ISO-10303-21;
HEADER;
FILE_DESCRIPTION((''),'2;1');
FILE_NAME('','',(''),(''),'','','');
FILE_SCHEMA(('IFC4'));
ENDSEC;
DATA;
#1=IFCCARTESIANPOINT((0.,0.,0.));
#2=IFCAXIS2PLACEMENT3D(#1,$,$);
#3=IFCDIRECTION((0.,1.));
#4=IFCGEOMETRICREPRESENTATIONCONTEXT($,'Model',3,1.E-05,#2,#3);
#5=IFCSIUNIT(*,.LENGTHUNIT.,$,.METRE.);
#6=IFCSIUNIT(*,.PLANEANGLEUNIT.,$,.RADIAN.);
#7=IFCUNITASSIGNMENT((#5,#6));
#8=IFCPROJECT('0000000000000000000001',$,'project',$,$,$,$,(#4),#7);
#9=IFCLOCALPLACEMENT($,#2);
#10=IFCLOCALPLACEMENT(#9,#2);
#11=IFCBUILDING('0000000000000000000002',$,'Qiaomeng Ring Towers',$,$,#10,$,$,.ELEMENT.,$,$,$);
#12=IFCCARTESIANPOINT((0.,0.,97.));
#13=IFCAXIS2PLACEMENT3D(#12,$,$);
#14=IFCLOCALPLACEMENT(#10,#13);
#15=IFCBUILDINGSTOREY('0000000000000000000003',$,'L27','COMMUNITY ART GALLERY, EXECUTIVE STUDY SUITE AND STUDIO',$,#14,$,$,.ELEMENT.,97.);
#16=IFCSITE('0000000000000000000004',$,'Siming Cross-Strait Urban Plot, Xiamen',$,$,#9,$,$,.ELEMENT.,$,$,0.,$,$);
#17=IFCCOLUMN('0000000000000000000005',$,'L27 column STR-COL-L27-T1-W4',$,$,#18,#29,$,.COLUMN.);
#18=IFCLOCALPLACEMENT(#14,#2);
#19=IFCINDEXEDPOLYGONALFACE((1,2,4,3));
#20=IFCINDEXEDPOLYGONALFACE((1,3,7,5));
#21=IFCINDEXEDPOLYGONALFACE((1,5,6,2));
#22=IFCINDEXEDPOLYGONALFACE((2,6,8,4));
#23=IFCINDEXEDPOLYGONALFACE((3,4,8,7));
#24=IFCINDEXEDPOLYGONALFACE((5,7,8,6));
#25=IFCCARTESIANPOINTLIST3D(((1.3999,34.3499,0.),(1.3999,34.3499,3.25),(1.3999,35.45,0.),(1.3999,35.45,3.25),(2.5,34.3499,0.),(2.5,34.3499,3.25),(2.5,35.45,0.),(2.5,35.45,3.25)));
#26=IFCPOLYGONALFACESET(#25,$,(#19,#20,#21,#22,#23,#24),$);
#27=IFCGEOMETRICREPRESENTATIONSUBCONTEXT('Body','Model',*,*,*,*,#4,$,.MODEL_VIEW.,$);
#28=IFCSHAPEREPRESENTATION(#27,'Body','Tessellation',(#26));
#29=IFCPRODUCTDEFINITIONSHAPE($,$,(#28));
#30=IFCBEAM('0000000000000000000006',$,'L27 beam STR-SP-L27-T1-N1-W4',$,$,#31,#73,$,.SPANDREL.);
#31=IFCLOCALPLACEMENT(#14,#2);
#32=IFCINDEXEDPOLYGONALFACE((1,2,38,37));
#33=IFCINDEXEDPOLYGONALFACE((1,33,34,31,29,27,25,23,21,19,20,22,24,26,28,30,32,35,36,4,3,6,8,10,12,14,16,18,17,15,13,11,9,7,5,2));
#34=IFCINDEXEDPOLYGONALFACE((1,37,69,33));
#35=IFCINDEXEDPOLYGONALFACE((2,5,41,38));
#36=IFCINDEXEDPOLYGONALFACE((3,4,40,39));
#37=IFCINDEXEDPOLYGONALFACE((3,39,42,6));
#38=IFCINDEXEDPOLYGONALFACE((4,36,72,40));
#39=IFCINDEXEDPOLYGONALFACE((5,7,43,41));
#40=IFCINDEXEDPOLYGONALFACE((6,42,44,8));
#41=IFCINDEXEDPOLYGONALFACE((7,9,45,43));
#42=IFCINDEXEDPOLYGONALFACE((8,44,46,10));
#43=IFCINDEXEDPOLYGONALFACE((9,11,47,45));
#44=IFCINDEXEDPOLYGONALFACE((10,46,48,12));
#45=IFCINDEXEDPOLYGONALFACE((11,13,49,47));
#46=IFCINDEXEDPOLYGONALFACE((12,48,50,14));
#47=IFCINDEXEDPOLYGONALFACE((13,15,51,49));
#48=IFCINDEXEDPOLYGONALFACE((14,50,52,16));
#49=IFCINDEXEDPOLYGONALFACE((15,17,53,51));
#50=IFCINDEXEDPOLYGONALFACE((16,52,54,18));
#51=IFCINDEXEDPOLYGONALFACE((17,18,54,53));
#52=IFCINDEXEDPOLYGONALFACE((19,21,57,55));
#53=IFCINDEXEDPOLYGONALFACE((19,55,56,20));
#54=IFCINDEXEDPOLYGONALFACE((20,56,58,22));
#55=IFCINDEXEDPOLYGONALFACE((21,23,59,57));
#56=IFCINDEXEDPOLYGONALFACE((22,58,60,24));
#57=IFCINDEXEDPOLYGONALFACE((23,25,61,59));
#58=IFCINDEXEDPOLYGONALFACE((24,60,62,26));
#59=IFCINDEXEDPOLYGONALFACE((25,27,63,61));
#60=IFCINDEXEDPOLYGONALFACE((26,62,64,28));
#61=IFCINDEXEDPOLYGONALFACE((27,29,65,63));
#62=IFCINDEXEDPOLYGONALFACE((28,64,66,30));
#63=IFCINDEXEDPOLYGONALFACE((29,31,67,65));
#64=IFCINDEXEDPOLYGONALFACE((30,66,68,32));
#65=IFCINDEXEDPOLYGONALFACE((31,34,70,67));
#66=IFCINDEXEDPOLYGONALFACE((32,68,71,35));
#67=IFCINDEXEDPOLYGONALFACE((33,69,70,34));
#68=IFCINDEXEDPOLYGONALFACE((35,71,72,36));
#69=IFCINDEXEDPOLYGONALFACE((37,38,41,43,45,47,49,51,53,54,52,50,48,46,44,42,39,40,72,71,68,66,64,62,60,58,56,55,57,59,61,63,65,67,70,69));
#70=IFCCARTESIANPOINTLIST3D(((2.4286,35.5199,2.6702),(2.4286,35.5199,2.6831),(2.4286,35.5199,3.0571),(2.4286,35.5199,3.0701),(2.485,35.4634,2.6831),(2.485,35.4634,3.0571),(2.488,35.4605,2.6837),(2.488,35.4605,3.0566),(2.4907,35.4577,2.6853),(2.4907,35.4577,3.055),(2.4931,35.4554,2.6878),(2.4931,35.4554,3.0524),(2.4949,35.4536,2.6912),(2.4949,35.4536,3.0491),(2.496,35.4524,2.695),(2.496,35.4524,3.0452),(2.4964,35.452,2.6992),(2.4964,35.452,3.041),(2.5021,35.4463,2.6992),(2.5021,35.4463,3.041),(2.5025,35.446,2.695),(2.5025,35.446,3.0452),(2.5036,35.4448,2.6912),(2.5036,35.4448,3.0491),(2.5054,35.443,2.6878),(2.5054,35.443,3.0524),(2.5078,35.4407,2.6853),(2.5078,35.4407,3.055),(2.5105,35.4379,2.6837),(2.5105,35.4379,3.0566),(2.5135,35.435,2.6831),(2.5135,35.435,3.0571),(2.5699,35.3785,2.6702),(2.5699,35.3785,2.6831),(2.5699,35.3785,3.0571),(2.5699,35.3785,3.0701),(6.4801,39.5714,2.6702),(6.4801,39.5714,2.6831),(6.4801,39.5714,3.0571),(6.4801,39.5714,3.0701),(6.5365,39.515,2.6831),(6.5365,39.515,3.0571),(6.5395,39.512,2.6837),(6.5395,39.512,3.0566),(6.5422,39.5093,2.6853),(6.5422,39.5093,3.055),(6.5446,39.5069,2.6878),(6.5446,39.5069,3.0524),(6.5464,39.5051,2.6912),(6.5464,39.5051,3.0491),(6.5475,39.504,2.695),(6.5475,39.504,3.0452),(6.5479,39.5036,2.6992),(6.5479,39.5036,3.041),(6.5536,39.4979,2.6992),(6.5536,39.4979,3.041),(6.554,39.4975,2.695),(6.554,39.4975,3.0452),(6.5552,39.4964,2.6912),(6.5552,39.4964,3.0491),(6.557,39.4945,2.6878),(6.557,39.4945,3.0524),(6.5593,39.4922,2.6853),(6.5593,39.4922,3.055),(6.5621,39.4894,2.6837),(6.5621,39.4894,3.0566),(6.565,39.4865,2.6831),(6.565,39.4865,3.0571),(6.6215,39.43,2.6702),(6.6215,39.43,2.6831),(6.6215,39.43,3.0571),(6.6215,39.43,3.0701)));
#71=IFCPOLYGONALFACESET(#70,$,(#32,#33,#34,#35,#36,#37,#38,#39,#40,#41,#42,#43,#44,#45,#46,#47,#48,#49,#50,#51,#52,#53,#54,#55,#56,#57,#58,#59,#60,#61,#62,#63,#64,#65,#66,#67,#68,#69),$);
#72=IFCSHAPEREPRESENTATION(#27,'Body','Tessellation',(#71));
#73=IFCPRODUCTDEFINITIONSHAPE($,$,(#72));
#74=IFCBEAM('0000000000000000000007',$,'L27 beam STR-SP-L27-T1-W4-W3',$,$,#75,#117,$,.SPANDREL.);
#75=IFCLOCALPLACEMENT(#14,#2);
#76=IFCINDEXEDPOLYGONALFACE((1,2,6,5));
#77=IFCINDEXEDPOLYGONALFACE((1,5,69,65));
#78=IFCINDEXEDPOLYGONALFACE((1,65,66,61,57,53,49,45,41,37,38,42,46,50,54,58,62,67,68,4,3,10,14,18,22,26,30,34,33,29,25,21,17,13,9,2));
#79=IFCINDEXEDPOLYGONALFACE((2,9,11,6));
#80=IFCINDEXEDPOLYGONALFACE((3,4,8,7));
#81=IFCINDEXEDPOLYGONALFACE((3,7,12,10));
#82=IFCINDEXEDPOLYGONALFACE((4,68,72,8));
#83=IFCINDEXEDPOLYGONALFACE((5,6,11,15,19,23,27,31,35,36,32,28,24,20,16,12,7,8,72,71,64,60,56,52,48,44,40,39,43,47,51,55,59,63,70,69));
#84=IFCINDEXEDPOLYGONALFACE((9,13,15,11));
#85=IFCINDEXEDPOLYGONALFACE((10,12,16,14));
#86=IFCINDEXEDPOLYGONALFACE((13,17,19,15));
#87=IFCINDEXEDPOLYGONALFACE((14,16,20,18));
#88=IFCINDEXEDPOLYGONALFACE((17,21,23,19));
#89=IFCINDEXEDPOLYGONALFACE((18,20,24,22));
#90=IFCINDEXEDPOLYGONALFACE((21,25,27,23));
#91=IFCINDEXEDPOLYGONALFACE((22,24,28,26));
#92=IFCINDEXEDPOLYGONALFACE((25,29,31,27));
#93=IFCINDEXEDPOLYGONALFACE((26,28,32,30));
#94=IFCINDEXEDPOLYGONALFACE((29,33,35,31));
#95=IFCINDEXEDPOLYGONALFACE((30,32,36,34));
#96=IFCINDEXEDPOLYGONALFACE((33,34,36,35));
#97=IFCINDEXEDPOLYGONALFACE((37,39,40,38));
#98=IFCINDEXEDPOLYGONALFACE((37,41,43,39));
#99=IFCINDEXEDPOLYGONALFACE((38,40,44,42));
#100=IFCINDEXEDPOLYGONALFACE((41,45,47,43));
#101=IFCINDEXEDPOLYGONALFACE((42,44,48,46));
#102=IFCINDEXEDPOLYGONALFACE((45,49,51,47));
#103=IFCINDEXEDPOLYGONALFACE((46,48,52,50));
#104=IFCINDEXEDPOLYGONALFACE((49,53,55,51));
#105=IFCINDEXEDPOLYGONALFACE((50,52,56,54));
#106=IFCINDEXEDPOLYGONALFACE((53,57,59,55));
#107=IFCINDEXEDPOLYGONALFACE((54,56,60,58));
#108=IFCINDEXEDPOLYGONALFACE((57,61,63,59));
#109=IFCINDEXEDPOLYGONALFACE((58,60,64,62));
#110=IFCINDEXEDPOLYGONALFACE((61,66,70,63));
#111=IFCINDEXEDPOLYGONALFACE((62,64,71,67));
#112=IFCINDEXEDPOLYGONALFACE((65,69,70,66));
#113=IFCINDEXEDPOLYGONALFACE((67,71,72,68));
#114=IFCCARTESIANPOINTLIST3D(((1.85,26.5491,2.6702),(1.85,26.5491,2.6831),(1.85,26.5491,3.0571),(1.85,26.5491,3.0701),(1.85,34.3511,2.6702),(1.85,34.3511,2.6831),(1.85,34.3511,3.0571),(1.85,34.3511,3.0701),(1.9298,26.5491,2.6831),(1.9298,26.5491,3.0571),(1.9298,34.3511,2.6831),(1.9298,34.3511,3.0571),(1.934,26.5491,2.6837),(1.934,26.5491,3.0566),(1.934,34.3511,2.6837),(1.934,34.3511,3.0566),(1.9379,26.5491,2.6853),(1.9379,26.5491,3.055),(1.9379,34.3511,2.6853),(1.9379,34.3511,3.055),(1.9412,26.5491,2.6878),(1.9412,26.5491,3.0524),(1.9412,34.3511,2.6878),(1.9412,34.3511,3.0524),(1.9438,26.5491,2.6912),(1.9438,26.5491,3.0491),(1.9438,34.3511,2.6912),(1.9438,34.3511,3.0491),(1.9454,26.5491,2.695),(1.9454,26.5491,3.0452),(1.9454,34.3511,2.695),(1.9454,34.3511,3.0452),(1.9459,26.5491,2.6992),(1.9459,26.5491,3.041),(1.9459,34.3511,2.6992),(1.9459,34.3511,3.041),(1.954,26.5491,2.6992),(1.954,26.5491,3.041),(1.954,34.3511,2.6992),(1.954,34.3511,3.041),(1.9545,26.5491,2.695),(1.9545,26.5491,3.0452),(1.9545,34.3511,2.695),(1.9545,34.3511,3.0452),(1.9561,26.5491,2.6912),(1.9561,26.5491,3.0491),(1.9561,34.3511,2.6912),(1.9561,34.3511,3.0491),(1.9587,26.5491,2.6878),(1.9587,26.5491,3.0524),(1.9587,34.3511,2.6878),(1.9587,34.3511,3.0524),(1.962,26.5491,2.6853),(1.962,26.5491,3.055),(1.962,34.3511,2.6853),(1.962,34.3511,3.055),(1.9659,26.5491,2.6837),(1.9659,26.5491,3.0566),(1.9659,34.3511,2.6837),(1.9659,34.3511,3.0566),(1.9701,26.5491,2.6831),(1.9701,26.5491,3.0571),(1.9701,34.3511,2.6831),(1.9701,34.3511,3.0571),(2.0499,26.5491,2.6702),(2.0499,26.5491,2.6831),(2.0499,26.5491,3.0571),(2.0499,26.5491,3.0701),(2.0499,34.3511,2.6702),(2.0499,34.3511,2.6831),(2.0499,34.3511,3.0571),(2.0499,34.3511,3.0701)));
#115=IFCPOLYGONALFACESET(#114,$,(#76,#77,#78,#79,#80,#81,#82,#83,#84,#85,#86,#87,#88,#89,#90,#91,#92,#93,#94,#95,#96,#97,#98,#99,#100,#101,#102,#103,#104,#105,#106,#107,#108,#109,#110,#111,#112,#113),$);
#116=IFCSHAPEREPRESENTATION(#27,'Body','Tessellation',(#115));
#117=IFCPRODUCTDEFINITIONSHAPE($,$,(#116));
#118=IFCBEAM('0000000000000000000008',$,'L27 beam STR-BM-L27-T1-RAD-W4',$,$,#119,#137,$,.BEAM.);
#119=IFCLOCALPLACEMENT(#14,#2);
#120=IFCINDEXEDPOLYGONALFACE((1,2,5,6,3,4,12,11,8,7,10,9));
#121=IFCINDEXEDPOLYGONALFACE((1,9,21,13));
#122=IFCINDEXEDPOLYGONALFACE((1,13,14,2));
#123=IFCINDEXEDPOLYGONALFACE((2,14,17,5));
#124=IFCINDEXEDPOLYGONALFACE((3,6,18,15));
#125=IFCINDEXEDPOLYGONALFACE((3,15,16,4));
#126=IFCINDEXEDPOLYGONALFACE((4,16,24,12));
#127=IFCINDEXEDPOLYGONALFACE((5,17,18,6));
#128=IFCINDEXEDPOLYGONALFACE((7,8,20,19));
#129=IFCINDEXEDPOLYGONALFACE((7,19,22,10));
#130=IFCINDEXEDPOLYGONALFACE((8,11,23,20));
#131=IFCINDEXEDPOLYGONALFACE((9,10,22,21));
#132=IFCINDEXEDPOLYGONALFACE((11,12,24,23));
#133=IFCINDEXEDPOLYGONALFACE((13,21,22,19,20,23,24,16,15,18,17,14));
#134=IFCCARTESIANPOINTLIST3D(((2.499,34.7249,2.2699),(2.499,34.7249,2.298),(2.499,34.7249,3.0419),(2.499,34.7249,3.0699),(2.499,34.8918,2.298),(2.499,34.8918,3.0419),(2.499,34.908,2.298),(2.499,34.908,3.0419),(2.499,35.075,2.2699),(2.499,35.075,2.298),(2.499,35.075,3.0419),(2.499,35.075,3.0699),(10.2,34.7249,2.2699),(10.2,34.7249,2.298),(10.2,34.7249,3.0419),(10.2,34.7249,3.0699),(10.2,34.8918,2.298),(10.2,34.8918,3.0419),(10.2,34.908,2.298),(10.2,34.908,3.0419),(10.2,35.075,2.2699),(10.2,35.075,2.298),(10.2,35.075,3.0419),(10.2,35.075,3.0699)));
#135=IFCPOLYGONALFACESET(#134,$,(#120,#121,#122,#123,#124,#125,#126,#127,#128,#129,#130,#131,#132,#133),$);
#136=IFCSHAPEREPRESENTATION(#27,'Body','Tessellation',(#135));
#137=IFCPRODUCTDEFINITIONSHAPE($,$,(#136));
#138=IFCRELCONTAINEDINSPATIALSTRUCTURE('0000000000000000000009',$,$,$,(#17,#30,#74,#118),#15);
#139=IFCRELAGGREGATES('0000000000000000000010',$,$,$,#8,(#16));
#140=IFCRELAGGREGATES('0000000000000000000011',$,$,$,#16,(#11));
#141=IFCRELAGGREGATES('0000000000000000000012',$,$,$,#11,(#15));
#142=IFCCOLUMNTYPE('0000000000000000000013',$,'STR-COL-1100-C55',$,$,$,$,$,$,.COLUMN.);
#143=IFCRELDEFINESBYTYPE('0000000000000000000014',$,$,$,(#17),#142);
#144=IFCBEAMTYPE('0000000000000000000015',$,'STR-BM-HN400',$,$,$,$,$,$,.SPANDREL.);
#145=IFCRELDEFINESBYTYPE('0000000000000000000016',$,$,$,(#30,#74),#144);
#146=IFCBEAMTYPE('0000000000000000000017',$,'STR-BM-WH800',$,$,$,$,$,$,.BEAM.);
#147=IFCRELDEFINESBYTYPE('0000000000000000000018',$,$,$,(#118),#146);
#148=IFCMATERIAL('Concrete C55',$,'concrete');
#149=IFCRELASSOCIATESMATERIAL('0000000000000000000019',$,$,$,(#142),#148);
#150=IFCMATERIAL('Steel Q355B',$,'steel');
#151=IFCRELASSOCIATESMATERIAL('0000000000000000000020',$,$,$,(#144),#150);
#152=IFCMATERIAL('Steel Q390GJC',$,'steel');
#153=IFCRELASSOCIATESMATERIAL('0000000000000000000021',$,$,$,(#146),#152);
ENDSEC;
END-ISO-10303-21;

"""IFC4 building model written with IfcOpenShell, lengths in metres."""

from ifc_helpers import new_model, si_unit, direction, frame, origin, origin_2d, place, context, subcontext, project, spatial, rectangle, i_section, extrude, source, transform, mapped, material, material_profile, profile_set, type_object, element, save


model = new_model("IFC4")

# Units and contexts
model_context = context("Model", 3, precision=1e-05, world=origin(), true_north=direction((0.0, 1.0)))
body_context = subcontext(model_context, "Body", "Model", "MODEL_VIEW")
ifc_project = project(units=[si_unit("LENGTHUNIT", "METRE"), si_unit("PLANEANGLEUNIT", "RADIAN")], contexts=[model_context])

# Site, building, storey
site_placement = place(None, origin())
site = spatial("IfcSite", under=ifc_project, at=site_placement, Name="Siming Cross-Strait Urban Plot, Xiamen", CompositionType="ELEMENT", RefElevation=0.0)
building_placement = place(site_placement, origin())
building = spatial("IfcBuilding", under=site, at=building_placement, Name="Qiaomeng Ring Towers", CompositionType="ELEMENT")
storey_placement = place(building_placement, frame((0.0, 0.0, 97.0)))
storey = spatial("IfcBuildingStorey", under=building, at=storey_placement, Name="L27", Description="COMMUNITY ART GALLERY, EXECUTIVE STUDY SUITE AND STUDIO", CompositionType="ELEMENT", Elevation=97.0)

# Column
ifc_material_1 = material(Name="Concrete C55", Category="concrete")
ifc_material_profile_1 = material_profile(ifc_material_1, rectangle(XDim=1.1001, YDim=1.1001, at=origin_2d()), Name="RC COL 1100x1100")
ifc_profile_set_1 = profile_set([ifc_material_profile_1], Name="Concrete C55")
column_type = type_object("IfcColumnType", Name="STR-COL-1100-C55", PredefinedType="COLUMN", material=ifc_profile_set_1)
shared_shape_1 = source(origin(), body_context, "Body", "SweptSolid", [
    extrude(rectangle(XDim=1.1001, YDim=1.1001, at=origin_2d()), origin(), (0.0, 0.0, 1.0), 3.25),
])
column_placement = place(storey_placement, frame((1.95, 34.8999, 0.0), z_axis=(0.0, 0.0, 1.0), x_axis=(1.0, 0.0, 0.0)))
element("IfcColumn", 1, at=column_placement, inside=storey, type_object=column_type, Name="L27 column STR-COL-L27-T1-W4", PredefinedType="COLUMN", context=body_context, shape_type="MappedRepresentation", body=[
    mapped(shared_shape_1, transform((0.0, 0.0, 0.0), x_axis=(1.0, 0.0, 0.0), y_axis=(0.0, 1.0, 0.0), z_axis=(0.0, 0.0, 1.0), scale=1.0)),
])

# Beams
ifc_material_2 = material(Name="Steel Q355B", Category="steel")
ifc_material_profile_2 = material_profile(ifc_material_2, i_section(OverallWidth=0.2, OverallDepth=0.3999, WebThickness=0.0081, FlangeThickness=0.0129, FilletRadius=0.0161, at=origin_2d()), Name="HN 400x200x8x13")
ifc_profile_set_2 = profile_set([ifc_material_profile_2], Name="Steel Q355B")
beam_type_1 = type_object("IfcBeamType", Name="STR-BM-HN400", PredefinedType="SPANDREL", material=ifc_profile_set_2)
shared_shape_2 = source(origin(), body_context, "Body", "SweptSolid", [
    extrude(i_section(OverallWidth=0.2, OverallDepth=0.3999, WebThickness=0.0081, FlangeThickness=0.0129, FilletRadius=0.0161, at=origin_2d()), origin(), (0.0, 0.0, 1.0), 5.7297),
])
beam_1_placement = place(storey_placement, frame((6.5508, 39.5007, 2.8701), z_axis=(-0.707107, -0.707107, 0.0), x_axis=(0.707107, -0.707107, 0.0)))
element("IfcBeam", 2, at=beam_1_placement, inside=storey, type_object=beam_type_1, Name="L27 beam STR-SP-L27-T1-N1-W4", PredefinedType="SPANDREL", context=body_context, shape_type="MappedRepresentation", body=[
    mapped(shared_shape_2, transform((0.0, 0.0, 0.0), x_axis=(1.0, 0.0, 0.0), y_axis=(0.0, 1.0, 0.0), z_axis=(0.0, 0.0, 1.0), scale=1.0)),
])
shared_shape_3 = source(origin(), body_context, "Body", "SweptSolid", [
    extrude(i_section(OverallWidth=0.2, OverallDepth=0.3999, WebThickness=0.0081, FlangeThickness=0.0129, FilletRadius=0.0161, at=origin_2d()), origin(), (0.0, 0.0, 1.0), 7.802),
])
beam_2_placement = place(storey_placement, frame((1.95, 34.3511, 2.8701), z_axis=(0.0, -1.0, 0.0), x_axis=(1.0, 0.0, 0.0)))
element("IfcBeam", 3, at=beam_2_placement, inside=storey, type_object=beam_type_1, Name="L27 beam STR-SP-L27-T1-W4-W3", PredefinedType="SPANDREL", context=body_context, shape_type="MappedRepresentation", body=[
    mapped(shared_shape_3, transform((0.0, 0.0, 0.0), x_axis=(1.0, 0.0, 0.0), y_axis=(0.0, 1.0, 0.0), z_axis=(0.0, 0.0, 1.0), scale=1.0)),
])
ifc_material_3 = material(Name="Steel Q390GJC", Category="steel")
ifc_material_profile_3 = material_profile(ifc_material_3, i_section(OverallWidth=0.3501, OverallDepth=0.8, WebThickness=0.0161, FlangeThickness=0.0281, at=origin_2d()), Name="WH 800x350x16x28")
ifc_profile_set_3 = profile_set([ifc_material_profile_3], Name="Steel Q390GJC")
beam_type_2 = type_object("IfcBeamType", Name="STR-BM-WH800", PredefinedType="BEAM", material=ifc_profile_set_3)
shared_shape_4 = source(origin(), body_context, "Body", "SweptSolid", [
    extrude(i_section(OverallWidth=0.3501, OverallDepth=0.8, WebThickness=0.0161, FlangeThickness=0.0281, at=origin_2d()), origin(), (0.0, 0.0, 1.0), 7.7009),
])
beam_3_placement = place(storey_placement, frame((2.499, 34.8999, 2.6699), z_axis=(1.0, 0.0, 0.0), x_axis=(0.0, 1.0, 0.0)))
element("IfcBeam", 4, at=beam_3_placement, inside=storey, type_object=beam_type_2, Name="L27 beam STR-BM-L27-T1-RAD-W4", PredefinedType="BEAM", context=body_context, shape_type="MappedRepresentation", body=[
    mapped(shared_shape_4, transform((0.0, 0.0, 0.0), x_axis=(1.0, 0.0, 0.0), y_axis=(0.0, 1.0, 0.0), z_axis=(0.0, 0.0, 1.0), scale=1.0)),
])

save(model, "model.ifc")
